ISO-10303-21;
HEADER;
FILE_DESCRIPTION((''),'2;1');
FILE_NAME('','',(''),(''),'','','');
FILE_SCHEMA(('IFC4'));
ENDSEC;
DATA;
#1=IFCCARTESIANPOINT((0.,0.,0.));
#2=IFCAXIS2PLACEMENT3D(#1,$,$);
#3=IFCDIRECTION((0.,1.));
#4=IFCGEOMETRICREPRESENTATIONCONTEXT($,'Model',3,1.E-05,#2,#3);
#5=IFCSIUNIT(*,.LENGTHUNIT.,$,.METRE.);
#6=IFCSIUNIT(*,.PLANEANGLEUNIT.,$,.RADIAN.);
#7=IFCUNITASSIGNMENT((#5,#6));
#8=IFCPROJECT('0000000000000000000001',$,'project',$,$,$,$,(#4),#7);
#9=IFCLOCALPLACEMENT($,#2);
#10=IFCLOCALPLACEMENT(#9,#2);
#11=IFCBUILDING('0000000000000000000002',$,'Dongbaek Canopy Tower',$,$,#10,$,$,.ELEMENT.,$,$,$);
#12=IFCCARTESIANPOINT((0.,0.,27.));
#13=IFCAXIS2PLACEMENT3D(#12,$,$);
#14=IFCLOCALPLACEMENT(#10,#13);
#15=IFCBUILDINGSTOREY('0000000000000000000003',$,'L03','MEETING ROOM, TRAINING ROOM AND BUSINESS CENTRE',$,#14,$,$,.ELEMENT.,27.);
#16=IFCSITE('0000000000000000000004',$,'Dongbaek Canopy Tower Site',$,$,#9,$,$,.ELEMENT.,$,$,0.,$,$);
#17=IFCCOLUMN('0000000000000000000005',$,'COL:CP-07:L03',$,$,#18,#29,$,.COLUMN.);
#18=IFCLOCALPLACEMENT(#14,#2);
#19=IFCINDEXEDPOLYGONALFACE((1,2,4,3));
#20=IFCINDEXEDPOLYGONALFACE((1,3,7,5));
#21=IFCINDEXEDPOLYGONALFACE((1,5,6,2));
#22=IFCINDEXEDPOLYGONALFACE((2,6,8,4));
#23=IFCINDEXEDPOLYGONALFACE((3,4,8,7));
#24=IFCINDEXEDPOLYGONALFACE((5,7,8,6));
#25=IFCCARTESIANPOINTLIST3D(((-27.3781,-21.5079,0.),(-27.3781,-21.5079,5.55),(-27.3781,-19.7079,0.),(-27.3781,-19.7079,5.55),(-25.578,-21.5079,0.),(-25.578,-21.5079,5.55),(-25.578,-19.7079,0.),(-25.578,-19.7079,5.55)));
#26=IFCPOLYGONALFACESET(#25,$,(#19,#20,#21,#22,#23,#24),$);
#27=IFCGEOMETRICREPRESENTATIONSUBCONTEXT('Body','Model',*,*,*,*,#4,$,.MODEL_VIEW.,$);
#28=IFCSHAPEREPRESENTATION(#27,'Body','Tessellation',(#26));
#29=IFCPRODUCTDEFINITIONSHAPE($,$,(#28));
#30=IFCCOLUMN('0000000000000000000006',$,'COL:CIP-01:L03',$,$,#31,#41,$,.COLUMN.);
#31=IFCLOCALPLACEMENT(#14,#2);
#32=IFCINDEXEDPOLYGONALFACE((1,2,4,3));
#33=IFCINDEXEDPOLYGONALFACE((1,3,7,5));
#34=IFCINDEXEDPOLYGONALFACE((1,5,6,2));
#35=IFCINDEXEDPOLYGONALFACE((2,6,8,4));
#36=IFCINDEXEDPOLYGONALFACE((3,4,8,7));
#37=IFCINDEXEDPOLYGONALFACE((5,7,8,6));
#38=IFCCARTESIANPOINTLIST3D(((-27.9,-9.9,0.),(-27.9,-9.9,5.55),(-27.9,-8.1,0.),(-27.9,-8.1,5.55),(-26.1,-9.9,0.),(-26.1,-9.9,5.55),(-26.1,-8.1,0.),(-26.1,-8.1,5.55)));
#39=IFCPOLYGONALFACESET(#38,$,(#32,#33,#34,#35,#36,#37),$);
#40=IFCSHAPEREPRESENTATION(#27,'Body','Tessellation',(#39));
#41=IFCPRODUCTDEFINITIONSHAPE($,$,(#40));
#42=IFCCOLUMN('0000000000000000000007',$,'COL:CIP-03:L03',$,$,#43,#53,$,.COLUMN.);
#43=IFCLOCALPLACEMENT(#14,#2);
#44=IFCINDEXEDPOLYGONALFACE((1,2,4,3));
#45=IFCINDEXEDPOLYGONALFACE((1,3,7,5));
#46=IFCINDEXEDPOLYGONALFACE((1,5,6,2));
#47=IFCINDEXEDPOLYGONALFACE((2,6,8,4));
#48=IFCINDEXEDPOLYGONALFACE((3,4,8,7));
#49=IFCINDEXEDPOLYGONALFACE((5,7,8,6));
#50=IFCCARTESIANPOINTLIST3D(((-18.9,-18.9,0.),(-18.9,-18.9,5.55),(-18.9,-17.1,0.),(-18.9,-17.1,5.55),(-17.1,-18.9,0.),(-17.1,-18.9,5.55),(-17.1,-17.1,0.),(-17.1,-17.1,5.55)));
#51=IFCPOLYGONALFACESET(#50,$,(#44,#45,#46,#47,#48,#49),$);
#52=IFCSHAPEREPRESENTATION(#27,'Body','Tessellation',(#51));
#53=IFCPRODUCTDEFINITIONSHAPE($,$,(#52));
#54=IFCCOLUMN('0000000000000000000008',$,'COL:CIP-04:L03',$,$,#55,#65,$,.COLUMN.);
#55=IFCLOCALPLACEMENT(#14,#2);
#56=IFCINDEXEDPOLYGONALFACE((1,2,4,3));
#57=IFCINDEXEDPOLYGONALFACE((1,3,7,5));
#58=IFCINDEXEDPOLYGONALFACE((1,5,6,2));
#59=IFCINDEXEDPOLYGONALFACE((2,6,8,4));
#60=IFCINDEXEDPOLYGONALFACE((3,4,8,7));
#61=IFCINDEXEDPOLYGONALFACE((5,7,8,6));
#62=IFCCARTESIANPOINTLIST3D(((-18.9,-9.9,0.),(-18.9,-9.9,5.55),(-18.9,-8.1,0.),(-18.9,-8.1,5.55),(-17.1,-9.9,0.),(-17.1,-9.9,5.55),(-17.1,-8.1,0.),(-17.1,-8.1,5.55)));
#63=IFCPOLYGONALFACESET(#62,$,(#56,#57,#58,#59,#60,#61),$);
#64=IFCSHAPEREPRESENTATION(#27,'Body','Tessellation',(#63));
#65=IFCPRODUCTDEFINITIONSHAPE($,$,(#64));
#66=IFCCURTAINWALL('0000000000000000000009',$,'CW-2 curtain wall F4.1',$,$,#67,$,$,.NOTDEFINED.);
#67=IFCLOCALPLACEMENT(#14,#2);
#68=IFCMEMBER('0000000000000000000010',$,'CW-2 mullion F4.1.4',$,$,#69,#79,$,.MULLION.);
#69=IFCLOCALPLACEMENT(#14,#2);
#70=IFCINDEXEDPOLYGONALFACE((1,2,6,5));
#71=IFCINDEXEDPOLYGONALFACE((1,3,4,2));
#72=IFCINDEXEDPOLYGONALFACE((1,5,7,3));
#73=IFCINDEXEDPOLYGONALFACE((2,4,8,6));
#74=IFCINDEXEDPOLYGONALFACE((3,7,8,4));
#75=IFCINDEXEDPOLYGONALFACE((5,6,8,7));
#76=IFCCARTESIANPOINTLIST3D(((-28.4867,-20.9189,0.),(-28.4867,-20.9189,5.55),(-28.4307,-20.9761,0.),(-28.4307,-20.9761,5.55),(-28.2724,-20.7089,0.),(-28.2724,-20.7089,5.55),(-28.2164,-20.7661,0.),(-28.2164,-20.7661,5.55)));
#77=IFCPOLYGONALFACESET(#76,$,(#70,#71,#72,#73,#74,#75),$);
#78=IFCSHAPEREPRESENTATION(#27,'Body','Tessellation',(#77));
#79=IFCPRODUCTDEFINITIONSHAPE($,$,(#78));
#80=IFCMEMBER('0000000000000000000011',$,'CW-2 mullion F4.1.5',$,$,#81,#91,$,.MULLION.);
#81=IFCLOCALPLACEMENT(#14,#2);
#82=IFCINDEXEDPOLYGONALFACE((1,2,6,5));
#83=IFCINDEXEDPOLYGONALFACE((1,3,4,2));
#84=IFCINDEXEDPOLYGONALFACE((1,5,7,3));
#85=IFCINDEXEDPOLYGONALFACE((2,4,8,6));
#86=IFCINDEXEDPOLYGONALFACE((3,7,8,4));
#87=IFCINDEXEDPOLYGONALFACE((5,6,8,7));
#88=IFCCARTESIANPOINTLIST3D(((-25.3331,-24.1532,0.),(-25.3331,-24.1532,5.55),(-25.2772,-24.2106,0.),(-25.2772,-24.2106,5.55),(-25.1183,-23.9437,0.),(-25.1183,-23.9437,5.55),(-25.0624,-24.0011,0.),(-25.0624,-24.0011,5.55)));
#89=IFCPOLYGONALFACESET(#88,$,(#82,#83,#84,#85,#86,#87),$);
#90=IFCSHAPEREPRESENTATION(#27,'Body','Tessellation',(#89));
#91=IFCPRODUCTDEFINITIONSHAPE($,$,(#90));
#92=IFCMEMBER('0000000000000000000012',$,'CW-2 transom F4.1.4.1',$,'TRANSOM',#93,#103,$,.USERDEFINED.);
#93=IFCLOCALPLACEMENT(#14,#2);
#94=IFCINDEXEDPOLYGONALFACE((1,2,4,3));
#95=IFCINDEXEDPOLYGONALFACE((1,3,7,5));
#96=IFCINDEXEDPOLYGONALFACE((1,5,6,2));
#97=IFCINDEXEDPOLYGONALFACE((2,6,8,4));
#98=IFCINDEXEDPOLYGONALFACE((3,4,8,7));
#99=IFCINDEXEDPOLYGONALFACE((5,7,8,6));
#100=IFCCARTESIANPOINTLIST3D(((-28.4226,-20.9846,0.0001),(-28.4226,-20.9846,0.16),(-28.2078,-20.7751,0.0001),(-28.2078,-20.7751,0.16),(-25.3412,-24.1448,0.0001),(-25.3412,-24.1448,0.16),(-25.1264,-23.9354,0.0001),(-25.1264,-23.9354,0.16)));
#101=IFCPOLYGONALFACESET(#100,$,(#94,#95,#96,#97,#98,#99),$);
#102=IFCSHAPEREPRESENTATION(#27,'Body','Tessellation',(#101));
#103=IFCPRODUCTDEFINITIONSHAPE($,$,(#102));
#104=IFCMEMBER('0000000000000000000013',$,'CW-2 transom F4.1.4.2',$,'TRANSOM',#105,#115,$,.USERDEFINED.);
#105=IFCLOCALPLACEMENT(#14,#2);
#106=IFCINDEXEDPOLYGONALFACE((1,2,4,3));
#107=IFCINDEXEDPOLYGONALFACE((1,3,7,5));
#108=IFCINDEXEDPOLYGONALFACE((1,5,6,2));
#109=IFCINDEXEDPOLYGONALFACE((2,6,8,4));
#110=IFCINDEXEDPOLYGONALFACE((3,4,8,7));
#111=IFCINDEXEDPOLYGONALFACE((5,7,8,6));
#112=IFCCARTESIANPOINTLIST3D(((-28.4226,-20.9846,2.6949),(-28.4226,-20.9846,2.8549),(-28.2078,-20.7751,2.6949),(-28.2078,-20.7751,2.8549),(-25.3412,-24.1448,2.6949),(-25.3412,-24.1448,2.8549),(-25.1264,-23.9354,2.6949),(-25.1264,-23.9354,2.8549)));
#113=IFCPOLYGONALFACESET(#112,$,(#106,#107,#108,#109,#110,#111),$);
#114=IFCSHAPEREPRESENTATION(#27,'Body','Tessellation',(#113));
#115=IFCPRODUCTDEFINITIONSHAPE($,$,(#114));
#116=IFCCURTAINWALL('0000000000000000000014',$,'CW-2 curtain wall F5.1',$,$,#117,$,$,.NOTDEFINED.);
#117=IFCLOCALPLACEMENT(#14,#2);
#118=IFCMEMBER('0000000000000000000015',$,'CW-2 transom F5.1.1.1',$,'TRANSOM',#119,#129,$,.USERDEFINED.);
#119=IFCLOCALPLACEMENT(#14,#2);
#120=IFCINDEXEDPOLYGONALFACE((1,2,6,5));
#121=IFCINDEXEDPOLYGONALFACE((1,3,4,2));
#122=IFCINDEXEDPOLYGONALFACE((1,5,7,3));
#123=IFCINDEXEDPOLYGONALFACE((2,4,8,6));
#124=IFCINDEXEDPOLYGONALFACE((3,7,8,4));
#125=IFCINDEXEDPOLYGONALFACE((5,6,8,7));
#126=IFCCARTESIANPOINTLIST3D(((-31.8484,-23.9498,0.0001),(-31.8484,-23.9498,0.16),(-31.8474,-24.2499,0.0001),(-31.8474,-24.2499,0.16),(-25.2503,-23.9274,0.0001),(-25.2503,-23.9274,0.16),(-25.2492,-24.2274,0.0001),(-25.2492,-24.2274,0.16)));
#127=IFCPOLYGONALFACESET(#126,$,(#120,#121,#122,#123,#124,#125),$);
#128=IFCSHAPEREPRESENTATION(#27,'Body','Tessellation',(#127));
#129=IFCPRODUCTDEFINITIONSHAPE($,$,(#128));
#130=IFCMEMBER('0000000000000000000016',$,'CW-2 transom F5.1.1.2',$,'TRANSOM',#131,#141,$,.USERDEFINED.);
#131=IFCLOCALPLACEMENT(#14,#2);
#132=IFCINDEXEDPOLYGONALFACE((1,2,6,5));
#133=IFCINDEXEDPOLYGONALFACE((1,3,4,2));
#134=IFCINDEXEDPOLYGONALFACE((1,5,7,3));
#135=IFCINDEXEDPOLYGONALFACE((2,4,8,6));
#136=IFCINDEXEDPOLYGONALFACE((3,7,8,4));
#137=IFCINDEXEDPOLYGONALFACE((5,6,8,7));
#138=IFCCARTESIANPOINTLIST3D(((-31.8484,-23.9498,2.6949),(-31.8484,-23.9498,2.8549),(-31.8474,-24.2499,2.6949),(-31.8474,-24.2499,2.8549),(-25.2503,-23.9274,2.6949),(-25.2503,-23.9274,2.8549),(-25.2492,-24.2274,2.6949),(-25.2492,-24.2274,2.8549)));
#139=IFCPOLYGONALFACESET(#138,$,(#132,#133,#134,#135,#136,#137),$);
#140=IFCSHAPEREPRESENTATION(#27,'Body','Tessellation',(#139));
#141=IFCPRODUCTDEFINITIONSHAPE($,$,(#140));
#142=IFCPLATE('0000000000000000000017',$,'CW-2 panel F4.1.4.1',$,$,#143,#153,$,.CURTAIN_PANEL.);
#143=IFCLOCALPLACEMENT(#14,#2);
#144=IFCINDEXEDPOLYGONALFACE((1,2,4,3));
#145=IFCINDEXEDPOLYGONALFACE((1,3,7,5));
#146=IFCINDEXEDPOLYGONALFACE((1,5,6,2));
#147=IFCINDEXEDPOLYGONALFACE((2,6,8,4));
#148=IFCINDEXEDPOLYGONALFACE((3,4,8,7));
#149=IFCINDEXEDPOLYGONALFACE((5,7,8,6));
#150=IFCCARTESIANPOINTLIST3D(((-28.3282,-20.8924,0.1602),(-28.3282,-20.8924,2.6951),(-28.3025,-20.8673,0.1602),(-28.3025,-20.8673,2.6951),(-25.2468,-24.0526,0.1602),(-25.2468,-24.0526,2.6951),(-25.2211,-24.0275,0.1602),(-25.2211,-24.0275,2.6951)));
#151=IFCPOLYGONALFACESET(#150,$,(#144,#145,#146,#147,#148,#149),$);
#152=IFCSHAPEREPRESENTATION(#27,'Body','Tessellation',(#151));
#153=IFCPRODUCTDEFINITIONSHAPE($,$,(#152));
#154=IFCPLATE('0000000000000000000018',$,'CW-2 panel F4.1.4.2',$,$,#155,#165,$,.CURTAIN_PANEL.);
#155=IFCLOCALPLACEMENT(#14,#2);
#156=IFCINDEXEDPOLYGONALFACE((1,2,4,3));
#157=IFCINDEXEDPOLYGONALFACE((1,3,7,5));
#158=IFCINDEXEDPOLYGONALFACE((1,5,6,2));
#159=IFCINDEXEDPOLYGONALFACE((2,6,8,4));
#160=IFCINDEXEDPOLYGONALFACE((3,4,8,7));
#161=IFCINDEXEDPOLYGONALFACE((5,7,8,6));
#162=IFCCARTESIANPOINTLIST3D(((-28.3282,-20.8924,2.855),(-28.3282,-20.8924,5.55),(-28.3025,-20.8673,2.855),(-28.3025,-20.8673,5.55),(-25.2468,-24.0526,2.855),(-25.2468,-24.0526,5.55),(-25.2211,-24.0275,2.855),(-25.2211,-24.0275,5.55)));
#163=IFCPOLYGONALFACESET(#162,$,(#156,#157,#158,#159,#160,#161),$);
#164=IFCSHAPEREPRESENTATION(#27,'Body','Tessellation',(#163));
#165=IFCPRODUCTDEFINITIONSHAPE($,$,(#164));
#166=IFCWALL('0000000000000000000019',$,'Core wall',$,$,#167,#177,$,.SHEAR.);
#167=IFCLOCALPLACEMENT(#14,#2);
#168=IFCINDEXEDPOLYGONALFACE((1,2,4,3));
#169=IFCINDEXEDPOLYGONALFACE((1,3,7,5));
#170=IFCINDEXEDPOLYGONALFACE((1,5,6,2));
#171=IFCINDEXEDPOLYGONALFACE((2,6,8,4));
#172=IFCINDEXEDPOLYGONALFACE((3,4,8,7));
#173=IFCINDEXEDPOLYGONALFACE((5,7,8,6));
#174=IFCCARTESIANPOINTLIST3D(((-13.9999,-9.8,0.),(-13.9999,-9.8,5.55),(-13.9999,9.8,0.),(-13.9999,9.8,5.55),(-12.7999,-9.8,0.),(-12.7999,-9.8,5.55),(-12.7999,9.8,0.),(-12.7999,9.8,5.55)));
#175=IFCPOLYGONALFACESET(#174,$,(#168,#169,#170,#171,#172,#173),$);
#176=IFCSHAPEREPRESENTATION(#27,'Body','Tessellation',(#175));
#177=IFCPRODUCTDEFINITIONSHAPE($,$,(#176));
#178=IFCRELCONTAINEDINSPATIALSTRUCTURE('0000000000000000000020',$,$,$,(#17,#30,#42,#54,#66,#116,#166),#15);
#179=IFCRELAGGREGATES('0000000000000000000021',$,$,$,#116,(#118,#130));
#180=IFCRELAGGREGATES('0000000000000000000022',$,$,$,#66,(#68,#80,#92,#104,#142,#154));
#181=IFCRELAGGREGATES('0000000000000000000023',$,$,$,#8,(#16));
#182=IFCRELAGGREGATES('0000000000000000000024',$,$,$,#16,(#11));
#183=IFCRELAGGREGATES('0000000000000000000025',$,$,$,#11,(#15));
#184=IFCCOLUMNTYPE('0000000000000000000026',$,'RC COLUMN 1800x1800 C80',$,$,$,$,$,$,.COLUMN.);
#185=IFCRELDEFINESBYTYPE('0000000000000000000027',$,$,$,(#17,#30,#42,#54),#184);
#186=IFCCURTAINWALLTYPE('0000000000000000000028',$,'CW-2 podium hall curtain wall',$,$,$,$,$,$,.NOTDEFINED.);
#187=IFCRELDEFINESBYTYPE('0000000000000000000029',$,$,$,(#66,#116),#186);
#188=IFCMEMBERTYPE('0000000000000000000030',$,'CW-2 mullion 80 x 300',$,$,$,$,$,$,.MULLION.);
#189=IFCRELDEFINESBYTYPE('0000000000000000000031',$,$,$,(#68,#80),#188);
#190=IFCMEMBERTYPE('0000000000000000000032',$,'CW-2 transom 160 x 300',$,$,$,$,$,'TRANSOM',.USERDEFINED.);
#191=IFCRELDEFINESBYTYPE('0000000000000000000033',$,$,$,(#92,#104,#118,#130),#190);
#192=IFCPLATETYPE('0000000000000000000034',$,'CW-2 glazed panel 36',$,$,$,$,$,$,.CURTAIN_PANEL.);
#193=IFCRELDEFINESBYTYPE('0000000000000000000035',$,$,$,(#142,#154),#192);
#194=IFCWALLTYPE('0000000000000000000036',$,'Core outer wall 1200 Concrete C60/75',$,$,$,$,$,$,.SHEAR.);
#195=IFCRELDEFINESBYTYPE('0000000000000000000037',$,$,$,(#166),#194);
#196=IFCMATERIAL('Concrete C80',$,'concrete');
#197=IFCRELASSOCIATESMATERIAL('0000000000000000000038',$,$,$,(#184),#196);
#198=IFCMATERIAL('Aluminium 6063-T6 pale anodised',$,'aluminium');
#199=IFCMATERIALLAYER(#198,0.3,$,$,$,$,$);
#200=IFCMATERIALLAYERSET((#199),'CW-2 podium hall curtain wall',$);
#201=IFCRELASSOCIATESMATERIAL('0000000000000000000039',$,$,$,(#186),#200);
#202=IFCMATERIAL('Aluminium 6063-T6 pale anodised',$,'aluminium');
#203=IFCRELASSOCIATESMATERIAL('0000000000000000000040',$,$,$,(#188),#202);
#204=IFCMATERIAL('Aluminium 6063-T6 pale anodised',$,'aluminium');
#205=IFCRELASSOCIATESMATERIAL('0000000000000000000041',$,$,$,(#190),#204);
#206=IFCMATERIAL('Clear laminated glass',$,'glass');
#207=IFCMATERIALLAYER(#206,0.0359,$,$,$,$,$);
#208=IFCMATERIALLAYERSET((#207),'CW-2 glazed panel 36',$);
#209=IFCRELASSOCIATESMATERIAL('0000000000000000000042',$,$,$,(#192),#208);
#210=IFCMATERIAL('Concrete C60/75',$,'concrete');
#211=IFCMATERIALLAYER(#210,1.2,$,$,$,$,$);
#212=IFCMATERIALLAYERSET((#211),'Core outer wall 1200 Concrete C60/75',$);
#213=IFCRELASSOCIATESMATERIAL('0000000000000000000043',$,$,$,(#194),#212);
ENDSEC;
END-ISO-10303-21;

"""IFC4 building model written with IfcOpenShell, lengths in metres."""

from ifc_helpers import new_model, si_unit, direction, frame, frame_2d, origin, origin_2d, place, context, subcontext, project, spatial, rectangle, extrude, material, layer, layer_set, material_profile, profile_set, type_object, element, aggregate, save


model = new_model("IFC4")

# Units and contexts
model_context = context("Model", 3, precision=1e-05, world=origin(), true_north=direction((0.0, 1.0)))
body_context = subcontext(model_context, "Body", "Model", "MODEL_VIEW")
ifc_project = project(units=[si_unit("LENGTHUNIT", "METRE"), si_unit("PLANEANGLEUNIT", "RADIAN")], contexts=[model_context])

# Site, building, storey
site_placement = place(None, origin())
site = spatial("IfcSite", under=ifc_project, at=site_placement, Name="Dongbaek Canopy Tower Site", CompositionType="ELEMENT", RefElevation=0.0)
building_placement = place(site_placement, origin())
building = spatial("IfcBuilding", under=site, at=building_placement, Name="Dongbaek Canopy Tower", CompositionType="ELEMENT")
storey_placement = place(building_placement, frame((0.0, 0.0, 27.0)))
storey = spatial("IfcBuildingStorey", under=building, at=storey_placement, Name="L03", Description="MEETING ROOM, TRAINING ROOM AND BUSINESS CENTRE", CompositionType="ELEMENT", Elevation=27.0)

# Columns
ifc_material_1 = material(Name="Concrete C80", Category="concrete")
ifc_material_profile_1 = material_profile(ifc_material_1, rectangle(XDim=1.8, YDim=1.8, at=origin_2d()), Name="RC COLUMN 1800x1800 C80")
ifc_profile_set_1 = profile_set([ifc_material_profile_1], Name="Concrete C80")
column_type = type_object("IfcColumnType", Name="RC COLUMN 1800x1800 C80", PredefinedType="COLUMN", material=ifc_profile_set_1)
for number, where, z_axis, x_axis, name in (
    (1, (-26.478, -20.6079, 0.0), (0.0, 0.0, 1.0), (1.0, 0.0, 0.0), "COL:CP-07:L03"),
    (2, (-27.0, -9.0, 0.0), (0.0, 0.0, 1.0), (1.0, 0.0, 0.0), "COL:CIP-01:L03"),
    (3, (-18.0, -18.0, 0.0), (0.0, 0.0, 1.0), (1.0, 0.0, 0.0), "COL:CIP-03:L03"),
    (4, (-18.0, -9.0, 0.0), (0.0, 0.0, 1.0), (1.0, 0.0, 0.0), "COL:CIP-04:L03"),
):
    element("IfcColumn", number, at=place(storey_placement, frame(where, z_axis=z_axis, x_axis=x_axis)), inside=storey, type_object=column_type, Name=name, PredefinedType="COLUMN", context=body_context, shape_type="SweptSolid", body=[
        extrude(rectangle(XDim=1.8, YDim=1.8, at=origin_2d()), origin(), (0.0, 0.0, 1.0), 5.55),
    ])

# Curtain walls, members
ifc_material_2 = material(Name="Aluminium 6063-T6 pale anodised", Category="aluminium")
ifc_layer_1 = layer(ifc_material_2, 0.3)
ifc_layer_set_1 = layer_set([ifc_layer_1], Name="CW-2 podium hall curtain wall")
curtain_wall_type = type_object("IfcCurtainWallType", Name="CW-2 podium hall curtain wall", PredefinedType="NOTDEFINED", material=ifc_layer_set_1)
curtain_wall_1_placement = place(storey_placement, origin())
curtain_wall_1 = element("IfcCurtainWall", 5, at=curtain_wall_1_placement, inside=storey, type_object=curtain_wall_type, Name="CW-2 curtain wall F4.1", PredefinedType="NOTDEFINED")
ifc_material_3 = material(Name="Aluminium 6063-T6 pale anodised", Category="aluminium")
ifc_material_profile_2 = material_profile(ifc_material_3, rectangle(XDim=0.3, YDim=0.0801, at=origin_2d()), Name="CW-2 mullion 80 x 300")
ifc_profile_set_2 = profile_set([ifc_material_profile_2], Name="Aluminium 6063-T6 pale anodised")
member_type_1 = type_object("IfcMemberType", Name="CW-2 mullion 80 x 300", PredefinedType="MULLION", material=ifc_profile_set_2)
member_1_placement = place(storey_placement, frame((-28.3516, -20.8425, 0.0), z_axis=(0.0, 0.0, 1.0), x_axis=(-0.71422, -0.699921, 0.0)))
member_1 = element("IfcMember", 6, at=member_1_placement, type_object=member_type_1, Name="CW-2 mullion F4.1.4", PredefinedType="MULLION", context=body_context, shape_type="SweptSolid", body=[
    extrude(rectangle(XDim=0.3, YDim=0.0801, at=origin_2d()), origin(), (0.0, 0.0, 1.0), 5.55),
])
member_2_placement = place(storey_placement, frame((-25.1978, -24.0771, 0.0), z_axis=(0.0, 0.0, 1.0), x_axis=(-0.715981, -0.69812, 0.0)))
member_2 = element("IfcMember", 7, at=member_2_placement, type_object=member_type_1, Name="CW-2 mullion F4.1.5", PredefinedType="MULLION", context=body_context, shape_type="SweptSolid", body=[
    extrude(rectangle(XDim=0.3, YDim=0.0801, at=origin_2d()), origin(), (0.0, 0.0, 1.0), 5.55),
])
ifc_material_4 = material(Name="Aluminium 6063-T6 pale anodised", Category="aluminium")
ifc_material_profile_3 = material_profile(ifc_material_4, rectangle(XDim=0.3, YDim=0.1599, at=origin_2d()), Name="CW-2 transom 160 x 300")
ifc_profile_set_3 = profile_set([ifc_material_profile_3], Name="Aluminium 6063-T6 pale anodised")
member_type_2 = type_object("IfcMemberType", Name="CW-2 transom 160 x 300", ElementType="TRANSOM", PredefinedType="USERDEFINED", material=ifc_profile_set_3)
member_3_placement = place(storey_placement, frame((-28.3152, -20.8799, 0.0801), z_axis=(0.698117, -0.715984, 0.0), x_axis=(0.715984, 0.698117, 0.0)))
member_3 = element("IfcMember", 8, at=member_3_placement, type_object=member_type_2, Name="CW-2 transom F4.1.4.1", ObjectType="TRANSOM", PredefinedType="USERDEFINED", context=body_context, shape_type="SweptSolid", body=[
    extrude(rectangle(XDim=0.3, YDim=0.1599, at=origin_2d()), origin(), (0.0, 0.0, 1.0), 4.4138),
])
member_4_placement = place(storey_placement, frame((-28.3152, -20.8799, 2.7749), z_axis=(0.698117, -0.715984, 0.0), x_axis=(0.715984, 0.698117, 0.0)))
member_4 = element("IfcMember", 9, at=member_4_placement, type_object=member_type_2, Name="CW-2 transom F4.1.4.2", ObjectType="TRANSOM", PredefinedType="USERDEFINED", context=body_context, shape_type="SweptSolid", body=[
    extrude(rectangle(XDim=0.3, YDim=0.1599, at=origin_2d()), origin(), (0.0, 0.0, 1.0), 4.4138),
])
curtain_wall_2_placement = place(storey_placement, origin())
curtain_wall_2 = element("IfcCurtainWall", 10, at=curtain_wall_2_placement, inside=storey, type_object=curtain_wall_type, Name="CW-2 curtain wall F5.1", PredefinedType="NOTDEFINED")
member_5_placement = place(storey_placement, frame((-25.2498, -24.0774, 0.0801), z_axis=(-0.999994, -0.003404, 0.0), x_axis=(0.003404, -0.999994, 0.0)))
member_5 = element("IfcMember", 11, at=member_5_placement, type_object=member_type_2, Name="CW-2 transom F5.1.1.1", ObjectType="TRANSOM", PredefinedType="USERDEFINED", context=body_context, shape_type="SweptSolid", body=[
    extrude(rectangle(XDim=0.3, YDim=0.1599, at=origin_2d()), origin(), (0.0, 0.0, 1.0), 6.5981),
])
member_6_placement = place(storey_placement, frame((-25.2498, -24.0774, 2.7749), z_axis=(-0.999994, -0.003404, 0.0), x_axis=(0.003404, -0.999994, 0.0)))
member_6 = element("IfcMember", 12, at=member_6_placement, type_object=member_type_2, Name="CW-2 transom F5.1.1.2", ObjectType="TRANSOM", PredefinedType="USERDEFINED", context=body_context, shape_type="SweptSolid", body=[
    extrude(rectangle(XDim=0.3, YDim=0.1599, at=origin_2d()), origin(), (0.0, 0.0, 1.0), 6.5981),
])
aggregate(curtain_wall_2, [member_5, member_6])

# Plates
ifc_material_5 = material(Name="Clear laminated glass", Category="glass")
ifc_layer_2 = layer(ifc_material_5, 0.0359)
ifc_layer_set_2 = layer_set([ifc_layer_2], Name="CW-2 glazed panel 36")
plate_type = type_object("IfcPlateType", Name="CW-2 glazed panel 36", PredefinedType="CURTAIN_PANEL", material=ifc_layer_set_2)
plate_1_placement = place(storey_placement, frame((-26.7747, -22.46, 0.1602), z_axis=(0.0, 0.0, 1.0), x_axis=(0.69812, -0.715981, 0.0)))
plate_1 = element("IfcPlate", 13, at=plate_1_placement, type_object=plate_type, Name="CW-2 panel F4.1.4.1", PredefinedType="CURTAIN_PANEL", context=body_context, shape_type="SweptSolid", body=[
    extrude(rectangle(XDim=4.4138, YDim=0.0359, at=origin_2d()), origin(), (0.0, 0.0, 1.0), 2.5349),
])
plate_2_placement = place(storey_placement, frame((-26.7747, -22.46, 2.855), z_axis=(0.0, 0.0, 1.0), x_axis=(0.69812, -0.715981, 0.0)))
plate_2 = element("IfcPlate", 14, at=plate_2_placement, type_object=plate_type, Name="CW-2 panel F4.1.4.2", PredefinedType="CURTAIN_PANEL", context=body_context, shape_type="SweptSolid", body=[
    extrude(rectangle(XDim=4.4138, YDim=0.0359, at=origin_2d()), origin(), (0.0, 0.0, 1.0), 2.6951),
])
aggregate(curtain_wall_1, [member_1, member_2, member_3, member_4, plate_1, plate_2])

# Wall
ifc_material_6 = material(Name="Concrete C60/75", Category="concrete")
ifc_layer_3 = layer(ifc_material_6, 1.2)
ifc_layer_set_3 = layer_set([ifc_layer_3], Name="Core outer wall 1200 Concrete C60/75")
wall_type_1 = type_object("IfcWallType", Name="Core outer wall 1200 Concrete C60/75", PredefinedType="SHEAR", material=ifc_layer_set_3)
wall_1_placement = place(storey_placement, frame((-13.3999, -9.8, 0.0), z_axis=(0.0, 0.0, 1.0), x_axis=(0.0, 1.0, 0.0)))
element("IfcWall", 15, at=wall_1_placement, inside=storey, type_object=wall_type_1, Name="Core wall", PredefinedType="SHEAR", context=body_context, shape_type="SweptSolid", body=[
    extrude(rectangle(XDim=19.6001, YDim=1.2, at=frame_2d((9.8, 0.0))), origin(), (0.0, 0.0, 1.0), 5.55),
])

save(model, "model.ifc")
